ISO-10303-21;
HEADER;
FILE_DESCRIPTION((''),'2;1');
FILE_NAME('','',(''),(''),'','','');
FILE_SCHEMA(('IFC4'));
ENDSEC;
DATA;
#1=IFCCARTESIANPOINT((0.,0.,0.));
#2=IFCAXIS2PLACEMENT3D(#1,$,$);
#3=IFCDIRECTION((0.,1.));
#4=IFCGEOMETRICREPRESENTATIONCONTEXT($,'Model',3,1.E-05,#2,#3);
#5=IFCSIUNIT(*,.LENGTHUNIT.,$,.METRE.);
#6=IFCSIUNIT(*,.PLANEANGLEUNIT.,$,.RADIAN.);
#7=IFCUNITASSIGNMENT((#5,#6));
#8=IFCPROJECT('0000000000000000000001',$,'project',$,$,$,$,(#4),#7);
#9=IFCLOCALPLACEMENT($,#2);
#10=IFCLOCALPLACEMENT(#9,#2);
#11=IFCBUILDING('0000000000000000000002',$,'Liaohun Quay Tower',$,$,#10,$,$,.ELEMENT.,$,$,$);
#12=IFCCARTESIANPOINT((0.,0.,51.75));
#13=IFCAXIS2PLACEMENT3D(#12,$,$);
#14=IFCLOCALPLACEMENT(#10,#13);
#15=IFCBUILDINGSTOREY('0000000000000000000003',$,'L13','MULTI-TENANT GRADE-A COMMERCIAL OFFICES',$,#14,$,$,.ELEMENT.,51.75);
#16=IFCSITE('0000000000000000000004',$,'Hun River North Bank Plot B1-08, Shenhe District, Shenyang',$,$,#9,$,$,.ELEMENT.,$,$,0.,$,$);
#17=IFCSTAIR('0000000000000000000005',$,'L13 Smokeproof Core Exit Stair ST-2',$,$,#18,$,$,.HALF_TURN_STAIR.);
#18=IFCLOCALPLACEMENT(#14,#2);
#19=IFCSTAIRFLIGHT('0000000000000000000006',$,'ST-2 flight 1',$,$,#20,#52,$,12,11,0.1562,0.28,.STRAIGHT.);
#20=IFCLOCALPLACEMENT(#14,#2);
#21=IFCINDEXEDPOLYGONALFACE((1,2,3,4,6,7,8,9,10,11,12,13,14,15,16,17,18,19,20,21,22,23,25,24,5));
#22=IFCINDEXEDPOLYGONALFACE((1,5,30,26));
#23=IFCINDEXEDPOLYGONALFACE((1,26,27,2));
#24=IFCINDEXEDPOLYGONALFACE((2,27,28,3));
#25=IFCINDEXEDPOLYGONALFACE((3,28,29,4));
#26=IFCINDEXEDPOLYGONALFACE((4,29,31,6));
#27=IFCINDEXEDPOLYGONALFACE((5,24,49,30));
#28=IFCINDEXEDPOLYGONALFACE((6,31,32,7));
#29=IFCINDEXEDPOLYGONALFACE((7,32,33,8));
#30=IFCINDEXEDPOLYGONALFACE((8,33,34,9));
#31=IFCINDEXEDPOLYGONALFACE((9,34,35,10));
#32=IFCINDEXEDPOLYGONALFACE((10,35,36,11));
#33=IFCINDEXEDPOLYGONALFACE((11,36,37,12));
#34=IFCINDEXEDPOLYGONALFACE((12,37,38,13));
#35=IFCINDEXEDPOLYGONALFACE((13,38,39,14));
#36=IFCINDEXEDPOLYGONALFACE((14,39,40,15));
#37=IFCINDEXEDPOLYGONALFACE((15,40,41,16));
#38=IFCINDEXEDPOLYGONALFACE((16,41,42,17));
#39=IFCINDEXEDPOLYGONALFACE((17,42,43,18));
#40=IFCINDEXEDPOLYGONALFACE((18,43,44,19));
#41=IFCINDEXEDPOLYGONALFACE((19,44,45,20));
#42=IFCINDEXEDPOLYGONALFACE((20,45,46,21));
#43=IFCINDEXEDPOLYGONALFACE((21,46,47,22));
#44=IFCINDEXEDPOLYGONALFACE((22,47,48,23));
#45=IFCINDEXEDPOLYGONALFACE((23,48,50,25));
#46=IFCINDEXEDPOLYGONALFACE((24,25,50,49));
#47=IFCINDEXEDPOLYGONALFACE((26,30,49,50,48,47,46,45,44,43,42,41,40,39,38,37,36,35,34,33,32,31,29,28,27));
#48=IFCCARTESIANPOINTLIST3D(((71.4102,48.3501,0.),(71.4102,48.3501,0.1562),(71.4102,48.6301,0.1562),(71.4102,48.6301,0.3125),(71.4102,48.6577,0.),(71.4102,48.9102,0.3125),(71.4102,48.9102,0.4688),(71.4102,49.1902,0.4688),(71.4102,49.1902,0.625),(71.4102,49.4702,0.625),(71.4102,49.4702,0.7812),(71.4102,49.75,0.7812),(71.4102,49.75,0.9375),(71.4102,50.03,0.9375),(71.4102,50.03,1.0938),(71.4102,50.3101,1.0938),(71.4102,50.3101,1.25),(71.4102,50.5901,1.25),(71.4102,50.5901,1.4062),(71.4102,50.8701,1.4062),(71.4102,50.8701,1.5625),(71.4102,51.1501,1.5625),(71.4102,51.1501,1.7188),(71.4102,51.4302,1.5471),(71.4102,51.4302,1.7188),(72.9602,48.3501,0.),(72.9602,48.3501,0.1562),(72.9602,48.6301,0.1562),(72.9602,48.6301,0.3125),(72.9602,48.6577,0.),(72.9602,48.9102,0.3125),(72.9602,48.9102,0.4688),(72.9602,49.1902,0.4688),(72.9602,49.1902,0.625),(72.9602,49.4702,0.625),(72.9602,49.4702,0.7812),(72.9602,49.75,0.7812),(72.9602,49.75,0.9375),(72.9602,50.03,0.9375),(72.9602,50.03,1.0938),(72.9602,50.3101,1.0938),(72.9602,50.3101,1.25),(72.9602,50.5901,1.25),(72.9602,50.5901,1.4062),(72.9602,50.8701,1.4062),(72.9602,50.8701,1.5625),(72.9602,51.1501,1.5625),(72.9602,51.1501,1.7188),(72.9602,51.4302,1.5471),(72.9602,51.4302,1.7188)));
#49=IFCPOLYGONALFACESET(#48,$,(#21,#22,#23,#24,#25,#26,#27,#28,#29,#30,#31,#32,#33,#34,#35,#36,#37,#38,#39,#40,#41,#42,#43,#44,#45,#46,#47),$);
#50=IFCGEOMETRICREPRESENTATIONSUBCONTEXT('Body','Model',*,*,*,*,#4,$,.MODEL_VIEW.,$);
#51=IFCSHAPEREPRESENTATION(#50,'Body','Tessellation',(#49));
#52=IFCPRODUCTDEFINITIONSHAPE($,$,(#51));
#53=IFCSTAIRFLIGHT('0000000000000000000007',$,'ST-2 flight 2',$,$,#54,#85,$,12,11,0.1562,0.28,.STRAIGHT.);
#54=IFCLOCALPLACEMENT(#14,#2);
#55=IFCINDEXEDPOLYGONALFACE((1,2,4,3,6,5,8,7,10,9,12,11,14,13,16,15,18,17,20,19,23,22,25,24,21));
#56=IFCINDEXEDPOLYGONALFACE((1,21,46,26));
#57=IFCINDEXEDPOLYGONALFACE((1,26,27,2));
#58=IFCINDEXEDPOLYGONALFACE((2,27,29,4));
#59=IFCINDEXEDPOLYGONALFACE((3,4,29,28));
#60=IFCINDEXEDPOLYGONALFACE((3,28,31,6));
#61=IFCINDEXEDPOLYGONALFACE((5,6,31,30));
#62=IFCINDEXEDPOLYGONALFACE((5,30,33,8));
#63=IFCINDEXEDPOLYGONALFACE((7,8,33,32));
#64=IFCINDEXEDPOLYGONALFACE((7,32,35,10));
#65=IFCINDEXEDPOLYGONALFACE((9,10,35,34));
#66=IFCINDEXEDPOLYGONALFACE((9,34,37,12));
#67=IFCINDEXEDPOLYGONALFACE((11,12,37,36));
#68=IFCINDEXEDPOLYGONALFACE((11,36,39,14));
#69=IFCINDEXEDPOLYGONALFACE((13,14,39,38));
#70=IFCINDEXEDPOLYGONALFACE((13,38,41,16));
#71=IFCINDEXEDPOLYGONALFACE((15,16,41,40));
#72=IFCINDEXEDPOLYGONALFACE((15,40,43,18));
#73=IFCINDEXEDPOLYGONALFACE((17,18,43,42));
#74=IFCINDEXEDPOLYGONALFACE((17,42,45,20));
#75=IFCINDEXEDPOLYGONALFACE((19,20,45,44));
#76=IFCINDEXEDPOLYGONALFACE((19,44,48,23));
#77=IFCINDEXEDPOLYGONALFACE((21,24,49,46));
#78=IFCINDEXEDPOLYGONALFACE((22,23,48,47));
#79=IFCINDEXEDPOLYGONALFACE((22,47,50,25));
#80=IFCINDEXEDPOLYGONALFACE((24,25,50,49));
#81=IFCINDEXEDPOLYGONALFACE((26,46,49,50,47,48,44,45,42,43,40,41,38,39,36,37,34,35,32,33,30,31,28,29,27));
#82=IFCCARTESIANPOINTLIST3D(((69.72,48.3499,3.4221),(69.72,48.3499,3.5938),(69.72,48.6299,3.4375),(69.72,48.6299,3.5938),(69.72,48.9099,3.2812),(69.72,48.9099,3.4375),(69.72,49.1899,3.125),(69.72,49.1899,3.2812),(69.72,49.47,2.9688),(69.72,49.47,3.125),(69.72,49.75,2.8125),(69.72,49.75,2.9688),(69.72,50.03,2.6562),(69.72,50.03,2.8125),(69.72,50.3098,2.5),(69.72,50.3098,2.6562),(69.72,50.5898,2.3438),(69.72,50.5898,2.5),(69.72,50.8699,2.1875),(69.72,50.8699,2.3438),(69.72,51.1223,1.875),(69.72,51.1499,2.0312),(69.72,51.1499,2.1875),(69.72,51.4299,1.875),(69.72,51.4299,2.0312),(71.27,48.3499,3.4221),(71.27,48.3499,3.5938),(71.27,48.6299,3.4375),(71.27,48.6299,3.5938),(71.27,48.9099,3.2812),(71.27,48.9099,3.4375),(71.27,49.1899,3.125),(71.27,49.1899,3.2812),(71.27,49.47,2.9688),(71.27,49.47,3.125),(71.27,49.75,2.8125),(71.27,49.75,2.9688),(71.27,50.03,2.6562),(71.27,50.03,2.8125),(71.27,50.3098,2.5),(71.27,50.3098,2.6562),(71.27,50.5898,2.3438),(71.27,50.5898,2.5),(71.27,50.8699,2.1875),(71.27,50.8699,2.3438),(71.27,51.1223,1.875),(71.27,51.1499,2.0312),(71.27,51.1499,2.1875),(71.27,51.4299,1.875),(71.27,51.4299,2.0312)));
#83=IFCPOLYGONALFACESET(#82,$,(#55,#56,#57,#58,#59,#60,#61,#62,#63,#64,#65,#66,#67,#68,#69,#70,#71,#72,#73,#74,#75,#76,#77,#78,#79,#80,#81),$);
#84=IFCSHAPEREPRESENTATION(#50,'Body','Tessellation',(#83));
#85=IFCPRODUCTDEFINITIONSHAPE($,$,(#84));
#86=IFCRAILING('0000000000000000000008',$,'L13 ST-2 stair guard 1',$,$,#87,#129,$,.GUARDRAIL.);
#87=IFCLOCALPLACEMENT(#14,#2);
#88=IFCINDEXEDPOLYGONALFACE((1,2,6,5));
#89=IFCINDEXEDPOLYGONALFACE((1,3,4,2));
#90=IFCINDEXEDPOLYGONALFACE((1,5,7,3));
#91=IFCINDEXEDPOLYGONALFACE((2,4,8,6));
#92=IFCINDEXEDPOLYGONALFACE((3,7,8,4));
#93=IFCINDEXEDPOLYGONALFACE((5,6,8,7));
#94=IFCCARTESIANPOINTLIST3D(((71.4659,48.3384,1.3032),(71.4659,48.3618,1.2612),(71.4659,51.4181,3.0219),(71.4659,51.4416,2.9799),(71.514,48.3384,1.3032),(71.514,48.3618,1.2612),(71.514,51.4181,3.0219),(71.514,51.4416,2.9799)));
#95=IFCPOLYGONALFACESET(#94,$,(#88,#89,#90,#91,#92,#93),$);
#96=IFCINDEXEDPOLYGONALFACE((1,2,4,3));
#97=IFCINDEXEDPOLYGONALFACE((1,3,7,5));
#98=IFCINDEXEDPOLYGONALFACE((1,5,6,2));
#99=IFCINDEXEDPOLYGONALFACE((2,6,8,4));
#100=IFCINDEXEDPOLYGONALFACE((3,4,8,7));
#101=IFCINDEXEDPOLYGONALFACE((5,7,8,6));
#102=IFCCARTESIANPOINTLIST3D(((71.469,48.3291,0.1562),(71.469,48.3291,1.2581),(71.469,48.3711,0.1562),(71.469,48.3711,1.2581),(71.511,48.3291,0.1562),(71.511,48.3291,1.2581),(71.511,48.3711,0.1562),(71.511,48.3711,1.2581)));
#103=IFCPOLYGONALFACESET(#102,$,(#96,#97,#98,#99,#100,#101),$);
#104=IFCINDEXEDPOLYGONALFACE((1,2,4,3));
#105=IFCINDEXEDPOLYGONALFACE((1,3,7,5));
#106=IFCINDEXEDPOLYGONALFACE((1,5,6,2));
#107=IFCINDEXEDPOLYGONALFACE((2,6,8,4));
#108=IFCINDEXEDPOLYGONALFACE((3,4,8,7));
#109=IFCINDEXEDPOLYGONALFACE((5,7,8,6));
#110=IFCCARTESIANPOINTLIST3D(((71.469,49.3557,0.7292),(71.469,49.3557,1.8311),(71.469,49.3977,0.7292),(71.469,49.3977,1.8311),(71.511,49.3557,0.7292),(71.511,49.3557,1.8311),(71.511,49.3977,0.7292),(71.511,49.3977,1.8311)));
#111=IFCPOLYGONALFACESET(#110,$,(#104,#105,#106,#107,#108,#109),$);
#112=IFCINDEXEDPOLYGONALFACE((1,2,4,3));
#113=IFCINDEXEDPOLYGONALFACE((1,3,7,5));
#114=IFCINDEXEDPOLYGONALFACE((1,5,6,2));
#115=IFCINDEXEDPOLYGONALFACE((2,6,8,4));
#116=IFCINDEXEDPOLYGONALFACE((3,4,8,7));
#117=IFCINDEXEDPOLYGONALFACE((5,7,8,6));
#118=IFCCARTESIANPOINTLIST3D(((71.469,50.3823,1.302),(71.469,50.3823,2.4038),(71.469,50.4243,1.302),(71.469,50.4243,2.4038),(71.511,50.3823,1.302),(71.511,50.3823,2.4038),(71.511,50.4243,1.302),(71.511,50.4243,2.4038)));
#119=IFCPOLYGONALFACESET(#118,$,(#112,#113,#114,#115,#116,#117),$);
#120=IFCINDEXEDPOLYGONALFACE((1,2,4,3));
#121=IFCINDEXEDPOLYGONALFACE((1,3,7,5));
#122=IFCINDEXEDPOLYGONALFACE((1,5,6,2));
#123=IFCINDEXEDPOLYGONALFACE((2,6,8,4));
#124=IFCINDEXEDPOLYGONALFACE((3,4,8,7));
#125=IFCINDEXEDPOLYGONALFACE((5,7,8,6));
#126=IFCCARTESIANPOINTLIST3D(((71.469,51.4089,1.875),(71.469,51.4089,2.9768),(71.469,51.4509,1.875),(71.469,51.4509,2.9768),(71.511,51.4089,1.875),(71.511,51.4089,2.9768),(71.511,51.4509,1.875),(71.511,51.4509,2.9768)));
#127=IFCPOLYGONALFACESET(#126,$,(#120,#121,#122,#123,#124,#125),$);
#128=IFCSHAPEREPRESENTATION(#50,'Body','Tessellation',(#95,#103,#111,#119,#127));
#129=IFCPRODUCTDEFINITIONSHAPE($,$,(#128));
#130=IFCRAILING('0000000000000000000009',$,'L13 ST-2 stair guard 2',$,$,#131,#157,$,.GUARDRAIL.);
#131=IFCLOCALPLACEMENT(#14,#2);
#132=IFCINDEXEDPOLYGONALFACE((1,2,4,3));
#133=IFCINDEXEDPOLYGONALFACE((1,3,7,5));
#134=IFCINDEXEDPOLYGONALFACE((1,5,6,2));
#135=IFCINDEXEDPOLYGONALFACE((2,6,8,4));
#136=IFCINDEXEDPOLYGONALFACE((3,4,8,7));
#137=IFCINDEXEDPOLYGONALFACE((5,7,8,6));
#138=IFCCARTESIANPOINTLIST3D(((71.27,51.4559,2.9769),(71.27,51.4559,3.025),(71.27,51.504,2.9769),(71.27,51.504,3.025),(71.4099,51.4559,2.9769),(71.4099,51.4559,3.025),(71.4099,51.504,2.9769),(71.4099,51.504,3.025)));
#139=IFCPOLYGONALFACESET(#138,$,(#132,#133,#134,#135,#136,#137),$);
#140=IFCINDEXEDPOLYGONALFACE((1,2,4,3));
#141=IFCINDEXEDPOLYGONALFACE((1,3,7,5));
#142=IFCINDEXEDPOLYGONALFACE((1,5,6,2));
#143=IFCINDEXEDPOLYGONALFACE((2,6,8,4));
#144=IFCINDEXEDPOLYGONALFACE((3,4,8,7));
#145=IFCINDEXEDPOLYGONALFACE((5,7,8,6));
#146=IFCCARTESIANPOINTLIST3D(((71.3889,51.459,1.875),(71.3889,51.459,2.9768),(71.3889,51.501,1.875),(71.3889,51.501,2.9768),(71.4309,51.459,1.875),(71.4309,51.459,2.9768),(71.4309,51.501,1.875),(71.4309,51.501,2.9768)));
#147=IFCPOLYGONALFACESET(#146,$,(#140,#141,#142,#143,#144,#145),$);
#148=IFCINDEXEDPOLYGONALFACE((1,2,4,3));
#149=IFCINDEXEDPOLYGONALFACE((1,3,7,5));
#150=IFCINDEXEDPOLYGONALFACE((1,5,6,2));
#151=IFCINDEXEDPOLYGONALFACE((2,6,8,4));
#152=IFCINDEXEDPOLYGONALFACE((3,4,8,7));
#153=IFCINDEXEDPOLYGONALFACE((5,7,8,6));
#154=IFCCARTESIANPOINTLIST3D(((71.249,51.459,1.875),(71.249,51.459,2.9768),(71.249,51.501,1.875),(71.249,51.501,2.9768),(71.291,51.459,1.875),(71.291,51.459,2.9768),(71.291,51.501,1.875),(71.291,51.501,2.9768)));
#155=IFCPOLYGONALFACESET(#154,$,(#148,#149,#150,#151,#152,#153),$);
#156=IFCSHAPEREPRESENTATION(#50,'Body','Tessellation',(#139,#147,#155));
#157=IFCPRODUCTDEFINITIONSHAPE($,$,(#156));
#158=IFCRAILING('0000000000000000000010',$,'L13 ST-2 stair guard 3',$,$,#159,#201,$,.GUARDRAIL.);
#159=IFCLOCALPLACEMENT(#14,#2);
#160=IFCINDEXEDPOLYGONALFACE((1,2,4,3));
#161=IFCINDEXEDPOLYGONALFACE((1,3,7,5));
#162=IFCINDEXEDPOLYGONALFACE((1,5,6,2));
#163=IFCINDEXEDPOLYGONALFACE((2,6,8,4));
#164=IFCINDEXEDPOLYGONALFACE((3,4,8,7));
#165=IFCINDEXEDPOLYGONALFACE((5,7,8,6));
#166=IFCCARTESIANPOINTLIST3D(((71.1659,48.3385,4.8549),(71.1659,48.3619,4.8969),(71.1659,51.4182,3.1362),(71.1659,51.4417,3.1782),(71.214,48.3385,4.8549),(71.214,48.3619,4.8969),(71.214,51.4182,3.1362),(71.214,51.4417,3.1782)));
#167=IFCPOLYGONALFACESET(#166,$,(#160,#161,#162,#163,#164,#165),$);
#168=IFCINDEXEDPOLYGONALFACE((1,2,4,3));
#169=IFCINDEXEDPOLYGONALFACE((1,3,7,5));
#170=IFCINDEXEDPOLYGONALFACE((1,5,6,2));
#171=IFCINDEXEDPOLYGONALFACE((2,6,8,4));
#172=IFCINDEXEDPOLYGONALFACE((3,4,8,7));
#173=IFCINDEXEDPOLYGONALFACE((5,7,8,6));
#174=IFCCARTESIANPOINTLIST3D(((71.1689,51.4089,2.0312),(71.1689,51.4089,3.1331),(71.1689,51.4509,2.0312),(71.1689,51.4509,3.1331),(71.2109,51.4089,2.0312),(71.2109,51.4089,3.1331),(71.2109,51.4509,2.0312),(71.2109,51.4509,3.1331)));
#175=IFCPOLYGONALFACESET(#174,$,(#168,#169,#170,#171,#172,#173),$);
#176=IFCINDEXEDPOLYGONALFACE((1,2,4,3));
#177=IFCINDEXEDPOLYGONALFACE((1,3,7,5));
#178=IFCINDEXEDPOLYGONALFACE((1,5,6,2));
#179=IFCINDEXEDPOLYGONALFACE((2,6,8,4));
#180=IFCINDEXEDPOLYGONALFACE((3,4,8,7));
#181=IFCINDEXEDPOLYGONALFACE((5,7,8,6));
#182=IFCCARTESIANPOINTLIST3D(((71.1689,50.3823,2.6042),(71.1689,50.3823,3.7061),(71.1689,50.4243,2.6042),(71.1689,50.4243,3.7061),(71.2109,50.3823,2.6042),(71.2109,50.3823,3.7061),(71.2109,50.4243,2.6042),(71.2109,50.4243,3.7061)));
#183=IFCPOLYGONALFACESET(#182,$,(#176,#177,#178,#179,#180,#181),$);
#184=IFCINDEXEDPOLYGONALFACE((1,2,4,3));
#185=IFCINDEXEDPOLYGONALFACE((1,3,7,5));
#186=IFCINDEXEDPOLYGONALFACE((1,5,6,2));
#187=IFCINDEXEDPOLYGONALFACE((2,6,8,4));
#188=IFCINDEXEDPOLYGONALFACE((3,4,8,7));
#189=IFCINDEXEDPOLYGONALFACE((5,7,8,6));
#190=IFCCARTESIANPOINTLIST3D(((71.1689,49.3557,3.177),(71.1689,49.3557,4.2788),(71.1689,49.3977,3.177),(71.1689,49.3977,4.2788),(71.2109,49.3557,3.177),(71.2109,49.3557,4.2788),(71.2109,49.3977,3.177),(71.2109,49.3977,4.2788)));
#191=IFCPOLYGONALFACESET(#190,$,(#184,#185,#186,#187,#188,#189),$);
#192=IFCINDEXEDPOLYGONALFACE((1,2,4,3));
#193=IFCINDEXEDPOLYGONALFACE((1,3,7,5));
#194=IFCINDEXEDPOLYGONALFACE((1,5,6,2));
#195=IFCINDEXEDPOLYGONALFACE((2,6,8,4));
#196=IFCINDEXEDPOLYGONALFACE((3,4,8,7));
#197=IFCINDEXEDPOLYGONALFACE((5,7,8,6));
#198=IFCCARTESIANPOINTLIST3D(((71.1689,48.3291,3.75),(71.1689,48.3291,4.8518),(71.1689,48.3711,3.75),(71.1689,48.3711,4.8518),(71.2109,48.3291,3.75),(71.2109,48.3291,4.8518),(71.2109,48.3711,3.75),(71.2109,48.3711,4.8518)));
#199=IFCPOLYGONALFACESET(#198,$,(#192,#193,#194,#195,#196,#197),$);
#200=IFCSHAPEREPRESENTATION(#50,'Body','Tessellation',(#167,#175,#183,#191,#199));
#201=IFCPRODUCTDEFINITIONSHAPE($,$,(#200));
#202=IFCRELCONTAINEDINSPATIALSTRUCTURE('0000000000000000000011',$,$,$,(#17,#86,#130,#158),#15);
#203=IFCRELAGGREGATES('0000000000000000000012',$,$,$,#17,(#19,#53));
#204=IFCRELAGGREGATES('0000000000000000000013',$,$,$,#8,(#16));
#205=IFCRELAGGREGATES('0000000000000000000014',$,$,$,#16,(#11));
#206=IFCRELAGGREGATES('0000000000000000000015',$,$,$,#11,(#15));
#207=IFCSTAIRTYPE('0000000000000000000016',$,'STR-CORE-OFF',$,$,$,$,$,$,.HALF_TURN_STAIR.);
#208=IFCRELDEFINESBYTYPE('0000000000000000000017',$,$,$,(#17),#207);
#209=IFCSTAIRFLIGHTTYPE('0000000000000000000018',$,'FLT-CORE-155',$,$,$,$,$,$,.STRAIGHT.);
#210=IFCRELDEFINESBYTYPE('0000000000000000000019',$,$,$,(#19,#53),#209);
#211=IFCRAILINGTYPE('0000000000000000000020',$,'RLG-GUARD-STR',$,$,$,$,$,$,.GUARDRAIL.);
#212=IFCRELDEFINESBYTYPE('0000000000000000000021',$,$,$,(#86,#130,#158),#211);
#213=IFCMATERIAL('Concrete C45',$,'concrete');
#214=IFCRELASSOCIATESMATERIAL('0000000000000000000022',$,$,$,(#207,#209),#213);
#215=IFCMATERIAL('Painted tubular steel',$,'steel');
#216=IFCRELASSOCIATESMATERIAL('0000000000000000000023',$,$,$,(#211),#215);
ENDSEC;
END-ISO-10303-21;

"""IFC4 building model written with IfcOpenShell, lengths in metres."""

from ifc_helpers import new_model, si_unit, direction, frame, origin, origin_2d, place, context, subcontext, project, spatial, polyline, rectangle, outline, extrude, material, type_object, element, aggregate, save


model = new_model("IFC4")

# Units and contexts
model_context = context("Model", 3, precision=1e-05, world=origin(), true_north=direction((0.0, 1.0)))
body_context = subcontext(model_context, "Body", "Model", "MODEL_VIEW")
ifc_project = project(units=[si_unit("LENGTHUNIT", "METRE"), si_unit("PLANEANGLEUNIT", "RADIAN")], contexts=[model_context])

# Site, building, storey
site_placement = place(None, origin())
site = spatial("IfcSite", under=ifc_project, at=site_placement, Name="Hun River North Bank Plot B1-08, Shenhe District, Shenyang", CompositionType="ELEMENT", RefElevation=0.0)
building_placement = place(site_placement, origin())
building = spatial("IfcBuilding", under=site, at=building_placement, Name="Liaohun Quay Tower", CompositionType="ELEMENT")
storey_placement = place(building_placement, frame((0.0, 0.0, 51.75)))
storey = spatial("IfcBuildingStorey", under=building, at=storey_placement, Name="L13", Description="MULTI-TENANT GRADE-A COMMERCIAL OFFICES", CompositionType="ELEMENT", Elevation=51.75)

# Stair, stair flights
ifc_material_1 = material(Name="Concrete C45", Category="concrete")
stair_type = type_object("IfcStairType", Name="STR-CORE-OFF", PredefinedType="HALF_TURN_STAIR", material=ifc_material_1)
stair_placement = place(storey_placement, origin())
stair = element("IfcStair", 1, at=stair_placement, inside=storey, type_object=stair_type, Name="L13 Smokeproof Core Exit Stair ST-2", PredefinedType="HALF_TURN_STAIR")
stair_flight_type = type_object("IfcStairFlightType", Name="FLT-CORE-155", PredefinedType="STRAIGHT", material=ifc_material_1)
stair_flight_1_placement = place(storey_placement, frame((72.1851, 48.3501, 0.0), z_axis=(0.0, 0.0, 1.0), x_axis=(0.0, 1.0, 0.0)))
stair_flight_1 = element("IfcStairFlight", 2, at=stair_flight_1_placement, type_object=stair_flight_type, Name="ST-2 flight 1", NumberOfRisers=12, NumberOfTreads=11, PredefinedType="STRAIGHT", RiserHeight=0.1562, TreadLength=0.28, context=body_context, shape_type="SweptSolid", body=[
    extrude(outline(polyline([(0.0, 0.0), (0.0, 0.1562), (0.28, 0.1562), (0.28, 0.3125), (0.5601, 0.3125), (0.5601, 0.4688), (0.8401, 0.4688), (0.8401, 0.625), (1.1201, 0.625), (1.1201, 0.7812), (1.3999, 0.7812), (1.3999, 0.9375), (1.6799, 0.9375), (1.6799, 1.0938), (1.96, 1.0938), (1.96, 1.25), (2.24, 1.25), (2.24, 1.4062), (2.52, 1.4062), (2.52, 1.5625), (2.8, 1.5625), (2.8, 1.7188), (3.0801, 1.7188), (3.0801, 1.875), (3.0801, 1.5471), (0.3076, 0.0), (0.0, 0.0)])), frame((0.0, 0.7749, 0.0), z_axis=(0.0, -1.0, 0.0), x_axis=(1.0, 0.0, 0.0)), (0.0, 0.0, 1.0), 1.55),
])
stair_flight_2_placement = place(storey_placement, frame((70.4951, 51.4299, 1.875), z_axis=(0.0, 0.0, 1.0), x_axis=(0.0, -1.0, 0.0)))
stair_flight_2 = element("IfcStairFlight", 3, at=stair_flight_2_placement, type_object=stair_flight_type, Name="ST-2 flight 2", NumberOfRisers=12, NumberOfTreads=11, PredefinedType="STRAIGHT", RiserHeight=0.1562, TreadLength=0.28, context=body_context, shape_type="SweptSolid", body=[
    extrude(outline(polyline([(0.0, 0.0), (0.0, 0.1562), (0.28, 0.1562), (0.28, 0.3125), (0.5601, 0.3125), (0.5601, 0.4688), (0.8401, 0.4688), (0.8401, 0.625), (1.1201, 0.625), (1.1201, 0.7812), (1.3999, 0.7812), (1.3999, 0.9375), (1.6799, 0.9375), (1.6799, 1.0938), (1.96, 1.0938), (1.96, 1.25), (2.24, 1.25), (2.24, 1.4062), (2.52, 1.4062), (2.52, 1.5625), (2.8, 1.5625), (2.8, 1.7188), (3.0801, 1.7188), (3.0801, 1.875), (3.0801, 1.5471), (0.3076, 0.0), (0.0, 0.0)])), frame((0.0, 0.7749, 0.0), z_axis=(0.0, -1.0, 0.0), x_axis=(1.0, 0.0, 0.0)), (0.0, 0.0, 1.0), 1.55),
])
aggregate(stair, [stair_flight_1, stair_flight_2])

# Railings
ifc_material_2 = material(Name="Painted tubular steel", Category="steel")
railing_type_1 = type_object("IfcRailingType", Name="RLG-GUARD-STR", PredefinedType="GUARDRAIL", material=ifc_material_2)
railing_1_placement = place(storey_placement, frame((71.49, 48.3501, 0.1562)))
element("IfcRailing", 4, at=railing_1_placement, inside=storey, type_object=railing_type_1, Name="L13 ST-2 stair guard 1", PredefinedType="GUARDRAIL", context=body_context, shape_type="SweptSolid", body=[
    extrude(rectangle(XDim=0.0481, YDim=0.0481, at=origin_2d()), frame((0.0, 0.0, 1.126), z_axis=(0.0, 0.873225, 0.487317), x_axis=(-1.0, 0.0, 0.0)), (0.0, 0.0, 1.0), 3.5269),
    extrude(rectangle(XDim=0.042, YDim=0.042, at=origin_2d()), origin(), (0.0, 0.0, 1.0), 1.1018),
    extrude(rectangle(XDim=0.042, YDim=0.042, at=origin_2d()), frame((0.0, 1.0266, 0.573)), (0.0, 0.0, 1.0), 1.1018),
    extrude(rectangle(XDim=0.042, YDim=0.042, at=origin_2d()), frame((0.0, 2.0532, 1.1458)), (0.0, 0.0, 1.0), 1.1018),
    extrude(rectangle(XDim=0.042, YDim=0.042, at=origin_2d()), frame((0.0, 3.0798, 1.7188)), (0.0, 0.0, 1.0), 1.1018),
])
railing_2_placement = place(storey_placement, frame((71.4099, 51.48, 1.875)))
element("IfcRailing", 5, at=railing_2_placement, inside=storey, type_object=railing_type_1, Name="L13 ST-2 stair guard 2", PredefinedType="GUARDRAIL", context=body_context, shape_type="SweptSolid", body=[
    extrude(rectangle(XDim=0.0481, YDim=0.0481, at=origin_2d()), frame((0.0, 0.0, 1.126), z_axis=(-1.0, 0.0, 0.0), x_axis=(0.0, -1.0, 0.0)), (0.0, 0.0, 1.0), 0.1399),
    extrude(rectangle(XDim=0.042, YDim=0.042, at=origin_2d()), origin(), (0.0, 0.0, 1.0), 1.1018),
    extrude(rectangle(XDim=0.042, YDim=0.042, at=origin_2d()), frame((-0.1399, 0.0, 0.0)), (0.0, 0.0, 1.0), 1.1018),
])
railing_3_placement = place(storey_placement, frame((71.1899, 51.4299, 2.0312)))
element("IfcRailing", 6, at=railing_3_placement, inside=storey, type_object=railing_type_1, Name="L13 ST-2 stair guard 3", PredefinedType="GUARDRAIL", context=body_context, shape_type="SweptSolid", body=[
    extrude(rectangle(XDim=0.0481, YDim=0.0481, at=origin_2d()), frame((0.0, 0.0, 1.126), z_axis=(0.0, -0.873225, 0.487317), x_axis=(1.0, 0.0, 0.0)), (0.0, 0.0, 1.0), 3.5269),
    extrude(rectangle(XDim=0.042, YDim=0.042, at=origin_2d()), origin(), (0.0, 0.0, 1.0), 1.1018),
    extrude(rectangle(XDim=0.042, YDim=0.042, at=origin_2d()), frame((0.0, -1.0266, 0.573)), (0.0, 0.0, 1.0), 1.1018),
    extrude(rectangle(XDim=0.042, YDim=0.042, at=origin_2d()), frame((0.0, -2.0532, 1.1458)), (0.0, 0.0, 1.0), 1.1018),
    extrude(rectangle(XDim=0.042, YDim=0.042, at=origin_2d()), frame((0.0, -3.0798, 1.7188)), (0.0, 0.0, 1.0), 1.1018),
])

save(model, "model.ifc")
